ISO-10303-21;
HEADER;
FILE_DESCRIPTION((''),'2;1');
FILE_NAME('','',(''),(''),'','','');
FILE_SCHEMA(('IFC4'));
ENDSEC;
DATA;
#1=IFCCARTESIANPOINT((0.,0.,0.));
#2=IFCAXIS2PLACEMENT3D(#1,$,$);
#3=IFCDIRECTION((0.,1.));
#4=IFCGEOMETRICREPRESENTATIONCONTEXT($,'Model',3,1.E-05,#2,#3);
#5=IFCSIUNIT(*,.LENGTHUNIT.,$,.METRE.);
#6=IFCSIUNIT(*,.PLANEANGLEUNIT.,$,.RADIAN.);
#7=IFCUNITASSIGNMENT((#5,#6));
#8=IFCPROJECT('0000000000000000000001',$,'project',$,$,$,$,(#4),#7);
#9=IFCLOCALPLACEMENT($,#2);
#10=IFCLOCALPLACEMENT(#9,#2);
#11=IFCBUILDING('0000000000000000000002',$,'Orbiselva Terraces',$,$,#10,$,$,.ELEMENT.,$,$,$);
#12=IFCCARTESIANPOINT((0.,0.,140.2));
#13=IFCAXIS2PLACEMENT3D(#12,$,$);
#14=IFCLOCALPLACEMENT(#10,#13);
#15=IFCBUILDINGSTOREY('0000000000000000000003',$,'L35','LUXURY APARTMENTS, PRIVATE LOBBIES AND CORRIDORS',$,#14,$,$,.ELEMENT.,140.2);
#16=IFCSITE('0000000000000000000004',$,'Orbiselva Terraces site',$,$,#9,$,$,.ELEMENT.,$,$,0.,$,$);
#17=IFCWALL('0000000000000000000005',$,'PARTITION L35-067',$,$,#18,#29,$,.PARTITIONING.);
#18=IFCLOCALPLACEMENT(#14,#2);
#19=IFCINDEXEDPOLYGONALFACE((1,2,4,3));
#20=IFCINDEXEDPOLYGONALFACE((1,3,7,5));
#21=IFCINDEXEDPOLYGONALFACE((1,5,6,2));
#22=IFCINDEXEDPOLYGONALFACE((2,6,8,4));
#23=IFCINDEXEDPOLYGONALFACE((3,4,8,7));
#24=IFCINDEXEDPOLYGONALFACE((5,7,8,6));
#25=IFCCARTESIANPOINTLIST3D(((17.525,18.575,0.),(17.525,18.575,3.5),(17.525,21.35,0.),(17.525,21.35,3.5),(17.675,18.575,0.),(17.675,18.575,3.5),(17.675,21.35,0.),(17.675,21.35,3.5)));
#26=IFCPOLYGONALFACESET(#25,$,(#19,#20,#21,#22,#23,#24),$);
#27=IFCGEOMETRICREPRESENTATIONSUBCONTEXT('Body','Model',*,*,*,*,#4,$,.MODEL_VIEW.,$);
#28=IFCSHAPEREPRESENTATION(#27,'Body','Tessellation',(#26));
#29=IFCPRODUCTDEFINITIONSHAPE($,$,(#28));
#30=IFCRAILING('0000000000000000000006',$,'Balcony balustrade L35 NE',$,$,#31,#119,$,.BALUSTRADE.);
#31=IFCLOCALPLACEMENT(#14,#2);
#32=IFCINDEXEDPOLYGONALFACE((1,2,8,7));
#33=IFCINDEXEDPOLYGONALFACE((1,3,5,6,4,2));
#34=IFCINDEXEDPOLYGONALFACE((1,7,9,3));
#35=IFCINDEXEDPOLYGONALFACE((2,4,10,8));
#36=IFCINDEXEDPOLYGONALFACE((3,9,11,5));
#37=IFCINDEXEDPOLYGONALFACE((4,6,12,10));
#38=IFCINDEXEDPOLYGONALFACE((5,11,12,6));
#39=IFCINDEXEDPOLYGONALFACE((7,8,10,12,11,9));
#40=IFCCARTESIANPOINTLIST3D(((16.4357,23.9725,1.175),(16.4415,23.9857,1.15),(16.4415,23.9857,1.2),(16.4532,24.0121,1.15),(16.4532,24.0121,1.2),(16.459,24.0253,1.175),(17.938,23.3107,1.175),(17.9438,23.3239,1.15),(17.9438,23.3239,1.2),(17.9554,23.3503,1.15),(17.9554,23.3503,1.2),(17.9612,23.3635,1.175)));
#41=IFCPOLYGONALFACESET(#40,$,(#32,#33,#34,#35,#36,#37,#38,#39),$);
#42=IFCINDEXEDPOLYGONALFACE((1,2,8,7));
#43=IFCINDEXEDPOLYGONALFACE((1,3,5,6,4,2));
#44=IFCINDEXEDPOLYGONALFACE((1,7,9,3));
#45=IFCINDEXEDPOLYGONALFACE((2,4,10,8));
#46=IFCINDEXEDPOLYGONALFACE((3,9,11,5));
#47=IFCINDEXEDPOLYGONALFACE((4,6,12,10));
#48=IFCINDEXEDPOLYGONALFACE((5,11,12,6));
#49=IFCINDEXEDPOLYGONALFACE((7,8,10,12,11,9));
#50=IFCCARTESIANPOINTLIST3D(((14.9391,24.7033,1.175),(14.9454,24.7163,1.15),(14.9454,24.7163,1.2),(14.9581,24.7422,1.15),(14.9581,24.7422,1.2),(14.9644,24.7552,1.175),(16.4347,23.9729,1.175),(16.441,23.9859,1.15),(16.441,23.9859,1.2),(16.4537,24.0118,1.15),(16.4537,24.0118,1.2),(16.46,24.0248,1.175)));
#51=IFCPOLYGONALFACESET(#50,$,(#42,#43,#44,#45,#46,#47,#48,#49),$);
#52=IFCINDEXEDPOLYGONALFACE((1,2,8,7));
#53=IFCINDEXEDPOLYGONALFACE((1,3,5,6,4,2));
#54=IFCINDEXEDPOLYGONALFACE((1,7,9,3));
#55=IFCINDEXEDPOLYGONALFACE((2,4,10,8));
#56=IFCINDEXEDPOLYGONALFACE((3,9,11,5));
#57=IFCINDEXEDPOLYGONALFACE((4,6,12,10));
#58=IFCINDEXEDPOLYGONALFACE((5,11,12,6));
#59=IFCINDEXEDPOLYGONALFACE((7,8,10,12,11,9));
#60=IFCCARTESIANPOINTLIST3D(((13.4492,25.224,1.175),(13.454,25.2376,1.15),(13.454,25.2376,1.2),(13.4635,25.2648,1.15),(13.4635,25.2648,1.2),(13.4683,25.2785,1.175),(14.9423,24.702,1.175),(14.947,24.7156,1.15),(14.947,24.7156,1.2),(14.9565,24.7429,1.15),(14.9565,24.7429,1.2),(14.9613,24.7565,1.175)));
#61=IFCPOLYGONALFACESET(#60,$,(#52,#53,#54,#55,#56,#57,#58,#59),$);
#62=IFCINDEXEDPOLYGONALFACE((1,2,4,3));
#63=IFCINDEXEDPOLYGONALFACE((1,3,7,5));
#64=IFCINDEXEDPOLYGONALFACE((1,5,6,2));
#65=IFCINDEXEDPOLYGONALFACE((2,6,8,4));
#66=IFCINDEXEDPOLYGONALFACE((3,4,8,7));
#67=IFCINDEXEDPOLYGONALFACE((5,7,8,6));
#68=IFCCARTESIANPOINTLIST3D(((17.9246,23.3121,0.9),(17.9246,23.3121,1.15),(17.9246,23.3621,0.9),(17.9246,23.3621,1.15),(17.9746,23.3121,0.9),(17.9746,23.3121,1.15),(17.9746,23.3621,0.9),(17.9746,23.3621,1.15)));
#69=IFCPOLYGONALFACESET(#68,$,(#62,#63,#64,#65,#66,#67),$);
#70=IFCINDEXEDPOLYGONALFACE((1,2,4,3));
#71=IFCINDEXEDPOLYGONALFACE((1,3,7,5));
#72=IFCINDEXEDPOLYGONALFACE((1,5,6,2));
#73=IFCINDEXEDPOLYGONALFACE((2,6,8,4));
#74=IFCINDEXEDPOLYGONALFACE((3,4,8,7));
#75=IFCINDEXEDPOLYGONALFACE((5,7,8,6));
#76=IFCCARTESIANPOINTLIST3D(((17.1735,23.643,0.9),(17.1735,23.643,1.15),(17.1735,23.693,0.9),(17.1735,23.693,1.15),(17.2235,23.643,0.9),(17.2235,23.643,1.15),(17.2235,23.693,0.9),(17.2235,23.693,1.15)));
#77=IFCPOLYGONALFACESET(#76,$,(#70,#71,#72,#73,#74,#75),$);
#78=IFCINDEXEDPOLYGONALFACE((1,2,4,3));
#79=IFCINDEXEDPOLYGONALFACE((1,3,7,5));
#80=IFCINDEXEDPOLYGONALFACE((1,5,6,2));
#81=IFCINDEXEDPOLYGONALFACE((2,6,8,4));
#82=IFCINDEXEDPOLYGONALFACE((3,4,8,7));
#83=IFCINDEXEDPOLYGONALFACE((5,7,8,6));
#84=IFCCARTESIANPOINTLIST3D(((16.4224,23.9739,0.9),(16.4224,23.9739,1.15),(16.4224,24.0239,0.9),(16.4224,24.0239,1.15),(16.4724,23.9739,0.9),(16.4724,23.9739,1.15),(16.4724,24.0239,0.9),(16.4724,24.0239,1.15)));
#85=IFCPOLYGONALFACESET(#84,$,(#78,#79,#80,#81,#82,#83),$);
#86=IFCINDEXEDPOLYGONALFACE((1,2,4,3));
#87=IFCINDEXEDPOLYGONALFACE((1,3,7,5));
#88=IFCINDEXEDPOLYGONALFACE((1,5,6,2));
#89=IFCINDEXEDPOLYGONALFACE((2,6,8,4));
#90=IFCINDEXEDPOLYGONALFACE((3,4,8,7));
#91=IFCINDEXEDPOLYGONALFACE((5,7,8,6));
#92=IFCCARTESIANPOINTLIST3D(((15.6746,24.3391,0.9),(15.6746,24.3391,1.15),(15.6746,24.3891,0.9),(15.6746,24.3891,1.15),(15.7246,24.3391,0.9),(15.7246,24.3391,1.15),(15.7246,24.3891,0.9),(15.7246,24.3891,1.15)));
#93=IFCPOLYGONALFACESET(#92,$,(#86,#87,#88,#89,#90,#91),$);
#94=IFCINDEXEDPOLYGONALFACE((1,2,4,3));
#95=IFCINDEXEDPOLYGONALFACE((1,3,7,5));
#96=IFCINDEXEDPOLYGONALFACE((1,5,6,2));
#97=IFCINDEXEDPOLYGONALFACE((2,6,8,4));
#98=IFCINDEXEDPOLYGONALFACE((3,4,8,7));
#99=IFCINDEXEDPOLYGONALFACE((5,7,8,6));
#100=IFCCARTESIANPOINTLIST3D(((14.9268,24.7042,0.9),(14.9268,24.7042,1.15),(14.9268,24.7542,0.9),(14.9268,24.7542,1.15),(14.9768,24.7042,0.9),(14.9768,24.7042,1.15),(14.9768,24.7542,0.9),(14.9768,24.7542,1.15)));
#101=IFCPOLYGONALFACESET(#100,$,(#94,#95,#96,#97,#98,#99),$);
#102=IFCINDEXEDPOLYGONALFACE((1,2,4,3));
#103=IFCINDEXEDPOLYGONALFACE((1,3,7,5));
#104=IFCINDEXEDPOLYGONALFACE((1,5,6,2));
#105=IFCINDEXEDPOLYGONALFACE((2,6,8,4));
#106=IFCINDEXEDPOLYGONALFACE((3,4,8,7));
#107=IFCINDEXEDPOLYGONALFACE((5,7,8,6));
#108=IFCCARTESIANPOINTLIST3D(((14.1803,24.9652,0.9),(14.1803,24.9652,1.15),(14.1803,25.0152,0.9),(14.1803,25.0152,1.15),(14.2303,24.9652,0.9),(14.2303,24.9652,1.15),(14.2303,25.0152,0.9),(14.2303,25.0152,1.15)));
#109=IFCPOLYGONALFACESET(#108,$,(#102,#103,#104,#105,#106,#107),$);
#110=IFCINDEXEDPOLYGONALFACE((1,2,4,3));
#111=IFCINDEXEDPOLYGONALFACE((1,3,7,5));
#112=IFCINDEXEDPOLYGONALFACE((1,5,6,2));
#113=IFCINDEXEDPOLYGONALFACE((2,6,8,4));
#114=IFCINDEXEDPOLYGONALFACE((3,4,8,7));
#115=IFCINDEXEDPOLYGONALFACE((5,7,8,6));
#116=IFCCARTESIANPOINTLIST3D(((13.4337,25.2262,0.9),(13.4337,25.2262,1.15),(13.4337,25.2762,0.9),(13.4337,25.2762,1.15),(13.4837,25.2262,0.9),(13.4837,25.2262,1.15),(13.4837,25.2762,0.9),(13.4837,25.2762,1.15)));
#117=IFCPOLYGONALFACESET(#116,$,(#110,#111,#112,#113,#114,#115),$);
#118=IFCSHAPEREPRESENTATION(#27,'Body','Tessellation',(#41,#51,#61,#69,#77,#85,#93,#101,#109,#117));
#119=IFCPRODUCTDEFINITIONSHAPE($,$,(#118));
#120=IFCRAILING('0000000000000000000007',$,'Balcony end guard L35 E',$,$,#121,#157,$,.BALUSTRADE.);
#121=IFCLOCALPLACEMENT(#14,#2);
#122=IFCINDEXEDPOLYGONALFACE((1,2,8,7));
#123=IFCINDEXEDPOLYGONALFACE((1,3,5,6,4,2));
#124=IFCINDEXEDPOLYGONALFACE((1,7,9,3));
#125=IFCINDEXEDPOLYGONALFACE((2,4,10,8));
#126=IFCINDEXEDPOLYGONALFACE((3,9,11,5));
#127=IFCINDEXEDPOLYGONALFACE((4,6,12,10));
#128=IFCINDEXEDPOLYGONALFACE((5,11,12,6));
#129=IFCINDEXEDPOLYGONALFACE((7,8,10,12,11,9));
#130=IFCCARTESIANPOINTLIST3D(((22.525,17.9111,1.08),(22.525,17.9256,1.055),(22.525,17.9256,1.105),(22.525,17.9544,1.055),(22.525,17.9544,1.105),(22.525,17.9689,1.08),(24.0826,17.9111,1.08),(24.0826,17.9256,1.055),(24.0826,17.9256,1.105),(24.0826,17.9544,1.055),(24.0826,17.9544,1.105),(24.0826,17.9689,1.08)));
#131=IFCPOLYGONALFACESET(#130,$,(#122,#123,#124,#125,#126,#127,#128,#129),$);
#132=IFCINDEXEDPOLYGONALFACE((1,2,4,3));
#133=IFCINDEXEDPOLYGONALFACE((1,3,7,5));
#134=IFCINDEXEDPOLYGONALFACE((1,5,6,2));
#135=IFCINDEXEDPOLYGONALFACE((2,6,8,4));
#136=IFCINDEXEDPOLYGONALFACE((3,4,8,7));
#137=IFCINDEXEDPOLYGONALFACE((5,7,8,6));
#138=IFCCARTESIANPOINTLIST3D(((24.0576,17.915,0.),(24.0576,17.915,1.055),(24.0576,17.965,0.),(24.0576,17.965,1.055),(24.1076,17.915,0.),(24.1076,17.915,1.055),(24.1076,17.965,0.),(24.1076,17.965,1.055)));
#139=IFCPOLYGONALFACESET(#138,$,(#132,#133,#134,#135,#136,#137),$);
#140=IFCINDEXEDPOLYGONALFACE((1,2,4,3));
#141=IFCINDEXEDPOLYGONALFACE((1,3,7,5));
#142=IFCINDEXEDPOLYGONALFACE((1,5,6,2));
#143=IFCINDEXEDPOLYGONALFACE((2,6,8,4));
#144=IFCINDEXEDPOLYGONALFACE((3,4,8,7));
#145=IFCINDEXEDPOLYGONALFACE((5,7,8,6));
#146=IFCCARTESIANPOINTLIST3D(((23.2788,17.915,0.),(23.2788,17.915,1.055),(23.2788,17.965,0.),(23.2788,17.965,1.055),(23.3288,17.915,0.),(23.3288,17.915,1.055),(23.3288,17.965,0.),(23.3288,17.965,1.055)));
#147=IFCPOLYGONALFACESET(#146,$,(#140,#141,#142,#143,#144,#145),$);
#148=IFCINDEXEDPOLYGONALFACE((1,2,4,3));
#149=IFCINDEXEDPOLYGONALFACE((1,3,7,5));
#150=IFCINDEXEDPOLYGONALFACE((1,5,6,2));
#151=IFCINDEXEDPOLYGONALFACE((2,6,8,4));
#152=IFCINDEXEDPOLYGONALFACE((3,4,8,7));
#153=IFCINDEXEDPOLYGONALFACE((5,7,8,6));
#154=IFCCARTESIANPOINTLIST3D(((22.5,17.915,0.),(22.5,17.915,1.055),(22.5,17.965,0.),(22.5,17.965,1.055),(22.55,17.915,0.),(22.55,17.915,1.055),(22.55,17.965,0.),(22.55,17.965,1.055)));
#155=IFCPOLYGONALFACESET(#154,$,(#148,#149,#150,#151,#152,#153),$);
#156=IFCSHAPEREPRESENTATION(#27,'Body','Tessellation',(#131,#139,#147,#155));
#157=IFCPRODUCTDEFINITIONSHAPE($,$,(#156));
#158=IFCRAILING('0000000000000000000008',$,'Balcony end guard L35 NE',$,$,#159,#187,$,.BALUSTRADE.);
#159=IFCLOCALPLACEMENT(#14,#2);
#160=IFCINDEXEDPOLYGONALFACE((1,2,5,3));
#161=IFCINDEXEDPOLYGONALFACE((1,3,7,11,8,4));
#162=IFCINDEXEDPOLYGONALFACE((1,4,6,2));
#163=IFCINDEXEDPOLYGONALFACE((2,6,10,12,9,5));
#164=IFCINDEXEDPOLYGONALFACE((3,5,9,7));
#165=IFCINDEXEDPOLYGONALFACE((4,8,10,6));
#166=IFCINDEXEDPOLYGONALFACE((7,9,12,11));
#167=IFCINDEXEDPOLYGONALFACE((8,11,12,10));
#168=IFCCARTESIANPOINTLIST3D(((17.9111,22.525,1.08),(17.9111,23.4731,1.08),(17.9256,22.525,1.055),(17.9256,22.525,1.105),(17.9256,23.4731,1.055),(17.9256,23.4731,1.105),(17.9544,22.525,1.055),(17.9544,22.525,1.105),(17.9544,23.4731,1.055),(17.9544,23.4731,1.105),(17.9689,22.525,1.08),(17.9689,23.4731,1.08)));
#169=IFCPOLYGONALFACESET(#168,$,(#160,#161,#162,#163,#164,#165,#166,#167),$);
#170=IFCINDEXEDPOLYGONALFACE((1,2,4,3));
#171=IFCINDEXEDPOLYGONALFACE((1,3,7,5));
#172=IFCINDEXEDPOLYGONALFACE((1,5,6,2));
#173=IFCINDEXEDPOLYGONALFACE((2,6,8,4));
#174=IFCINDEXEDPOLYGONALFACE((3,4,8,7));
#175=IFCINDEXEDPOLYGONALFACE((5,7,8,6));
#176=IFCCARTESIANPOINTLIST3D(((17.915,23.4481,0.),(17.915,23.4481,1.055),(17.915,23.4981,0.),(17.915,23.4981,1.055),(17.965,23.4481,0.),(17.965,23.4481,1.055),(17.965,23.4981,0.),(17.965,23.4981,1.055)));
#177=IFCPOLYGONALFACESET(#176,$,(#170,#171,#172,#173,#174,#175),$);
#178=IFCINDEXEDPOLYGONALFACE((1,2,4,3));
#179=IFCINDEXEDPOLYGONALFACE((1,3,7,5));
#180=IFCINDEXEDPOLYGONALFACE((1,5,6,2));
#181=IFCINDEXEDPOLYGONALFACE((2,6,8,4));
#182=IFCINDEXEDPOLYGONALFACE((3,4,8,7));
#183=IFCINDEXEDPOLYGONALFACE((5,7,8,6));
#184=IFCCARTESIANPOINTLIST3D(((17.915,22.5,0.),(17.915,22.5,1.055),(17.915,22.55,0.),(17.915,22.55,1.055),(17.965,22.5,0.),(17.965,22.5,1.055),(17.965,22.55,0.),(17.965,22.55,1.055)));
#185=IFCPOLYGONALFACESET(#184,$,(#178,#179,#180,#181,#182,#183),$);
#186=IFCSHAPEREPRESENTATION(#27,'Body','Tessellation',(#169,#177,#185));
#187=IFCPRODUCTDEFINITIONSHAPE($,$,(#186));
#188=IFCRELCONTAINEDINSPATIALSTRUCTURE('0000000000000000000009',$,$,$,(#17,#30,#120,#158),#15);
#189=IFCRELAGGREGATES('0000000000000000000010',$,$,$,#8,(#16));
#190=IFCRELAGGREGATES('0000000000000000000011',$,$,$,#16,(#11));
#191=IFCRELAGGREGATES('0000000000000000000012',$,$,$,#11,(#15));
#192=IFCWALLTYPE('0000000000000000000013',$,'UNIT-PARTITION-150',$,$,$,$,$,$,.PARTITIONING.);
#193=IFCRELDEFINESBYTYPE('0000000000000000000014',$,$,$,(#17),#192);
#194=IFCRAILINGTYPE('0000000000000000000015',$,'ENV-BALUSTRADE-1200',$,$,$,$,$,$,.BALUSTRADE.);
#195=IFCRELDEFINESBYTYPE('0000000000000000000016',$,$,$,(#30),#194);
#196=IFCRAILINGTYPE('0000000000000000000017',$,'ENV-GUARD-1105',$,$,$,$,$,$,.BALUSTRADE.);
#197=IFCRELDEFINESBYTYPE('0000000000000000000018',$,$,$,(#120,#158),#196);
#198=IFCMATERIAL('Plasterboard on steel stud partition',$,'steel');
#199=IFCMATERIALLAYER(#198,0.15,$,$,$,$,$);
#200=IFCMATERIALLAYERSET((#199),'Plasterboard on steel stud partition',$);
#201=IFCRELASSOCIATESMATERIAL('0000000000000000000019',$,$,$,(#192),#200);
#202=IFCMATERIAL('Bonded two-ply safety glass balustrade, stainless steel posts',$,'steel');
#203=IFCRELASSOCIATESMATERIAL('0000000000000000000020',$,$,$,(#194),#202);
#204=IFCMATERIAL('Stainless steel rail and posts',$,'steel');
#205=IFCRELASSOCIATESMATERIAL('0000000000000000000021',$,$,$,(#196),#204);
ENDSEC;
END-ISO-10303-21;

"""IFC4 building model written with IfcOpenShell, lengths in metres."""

from ifc_helpers import new_model, si_unit, direction, frame, frame_2d, origin, origin_2d, place, context, subcontext, project, spatial, polyline, rectangle, outline, extrude, material, layer, layer_set, type_object, element, save


model = new_model("IFC4")

# Units and contexts
model_context = context("Model", 3, precision=1e-05, world=origin(), true_north=direction((0.0, 1.0)))
body_context = subcontext(model_context, "Body", "Model", "MODEL_VIEW")
ifc_project = project(units=[si_unit("LENGTHUNIT", "METRE"), si_unit("PLANEANGLEUNIT", "RADIAN")], contexts=[model_context])

# Site, building, storey
site_placement = place(None, origin())
site = spatial("IfcSite", under=ifc_project, at=site_placement, Name="Orbiselva Terraces site", CompositionType="ELEMENT", RefElevation=0.0)
building_placement = place(site_placement, origin())
building = spatial("IfcBuilding", under=site, at=building_placement, Name="Orbiselva Terraces", CompositionType="ELEMENT")
storey_placement = place(building_placement, frame((0.0, 0.0, 140.2)))
storey = spatial("IfcBuildingStorey", under=building, at=storey_placement, Name="L35", Description="LUXURY APARTMENTS, PRIVATE LOBBIES AND CORRIDORS", CompositionType="ELEMENT", Elevation=140.2)

# Wall
ifc_material_1 = material(Name="Plasterboard on steel stud partition", Category="steel")
ifc_layer_1 = layer(ifc_material_1, 0.15)
ifc_layer_set_1 = layer_set([ifc_layer_1], Name="Plasterboard on steel stud partition")
wall_type_1 = type_object("IfcWallType", Name="UNIT-PARTITION-150", PredefinedType="PARTITIONING", material=ifc_layer_set_1)
wall_1_placement = place(storey_placement, frame((17.6, 18.575, 0.0), z_axis=(0.0, 0.0, 1.0), x_axis=(0.0, 1.0, 0.0)))
element("IfcWall", 1, at=wall_1_placement, inside=storey, type_object=wall_type_1, Name="PARTITION L35-067", PredefinedType="PARTITIONING", context=body_context, shape_type="SweptSolid", body=[
    extrude(rectangle(XDim=2.775, YDim=0.15, at=frame_2d((1.3875, 0.0))), origin(), (0.0, 0.0, 1.0), 3.5),
])

# Railings
ifc_material_2 = material(Name="Bonded two-ply safety glass balustrade, stainless steel posts", Category="steel")
railing_type_1 = type_object("IfcRailingType", Name="ENV-BALUSTRADE-1200", PredefinedType="BALUSTRADE", material=ifc_material_2)
railing_1_placement = place(storey_placement, frame((17.9496, 23.3371, 0.9)))
element("IfcRailing", 2, at=railing_1_placement, inside=storey, type_object=railing_type_1, Name="Balcony balustrade L35 NE", PredefinedType="BALUSTRADE", context=body_context, shape_type="SweptSolid", body=[
    extrude(outline(polyline([(0.0289, 0.0), (0.0144, 0.025), (-0.0144, 0.025), (-0.0289, 0.0), (-0.0144, -0.025), (0.0144, -0.025), (0.0289, 0.0)])), frame((0.0, 0.0, 0.275), z_axis=(-0.915133, 0.403151, 0.0), x_axis=(-0.403151, -0.915133, 0.0)), (0.0, 0.0, 1.0), 1.6416),
    extrude(outline(polyline([(0.0289, 0.0), (0.0144, 0.025), (-0.0144, 0.025), (-0.0289, 0.0), (-0.0144, -0.025), (0.0144, -0.025), (0.0289, 0.0)])), frame((-1.5022, 0.6618, 0.275), z_axis=(-0.898579, 0.438812, 0.0), x_axis=(-0.438812, -0.898579, 0.0)), (0.0, 0.0, 1.0), 1.6644),
    extrude(outline(polyline([(0.0289, 0.0), (0.0144, 0.025), (-0.0144, 0.025), (-0.0289, 0.0), (-0.0144, -0.025), (0.0144, -0.025), (0.0289, 0.0)])), frame((-2.9978, 1.3921, 0.275), z_axis=(-0.943972, 0.330025, 0.0), x_axis=(-0.330025, -0.943972, 0.0)), (0.0, 0.0, 1.0), 1.5816),
    extrude(rectangle(XDim=0.05, YDim=0.05, at=origin_2d()), origin(), (0.0, 0.0, 1.0), 0.25),
    extrude(rectangle(XDim=0.05, YDim=0.05, at=origin_2d()), frame((-0.7511, 0.3309, 0.0)), (0.0, 0.0, 1.0), 0.25),
    extrude(rectangle(XDim=0.05, YDim=0.05, at=origin_2d()), frame((-1.5022, 0.6618, 0.0)), (0.0, 0.0, 1.0), 0.25),
    extrude(rectangle(XDim=0.05, YDim=0.05, at=origin_2d()), frame((-2.25, 1.027, 0.0)), (0.0, 0.0, 1.0), 0.25),
    extrude(rectangle(XDim=0.05, YDim=0.05, at=origin_2d()), frame((-2.9978, 1.3921, 0.0)), (0.0, 0.0, 1.0), 0.25),
    extrude(rectangle(XDim=0.05, YDim=0.05, at=origin_2d()), frame((-3.7443, 1.6531, 0.0)), (0.0, 0.0, 1.0), 0.25),
    extrude(rectangle(XDim=0.05, YDim=0.05, at=origin_2d()), frame((-4.4909, 1.9141, 0.0)), (0.0, 0.0, 1.0), 0.25),
])
ifc_material_3 = material(Name="Stainless steel rail and posts", Category="steel")
railing_type_2 = type_object("IfcRailingType", Name="ENV-GUARD-1105", PredefinedType="BALUSTRADE", material=ifc_material_3)
railing_2_placement = place(storey_placement, frame((24.0826, 17.94, 0.0)))
element("IfcRailing", 3, at=railing_2_placement, inside=storey, type_object=railing_type_2, Name="Balcony end guard L35 E", PredefinedType="BALUSTRADE", context=body_context, shape_type="SweptSolid", body=[
    extrude(outline(polyline([(0.0289, 0.0), (0.0144, 0.025), (-0.0144, 0.025), (-0.0289, 0.0), (-0.0144, -0.025), (0.0144, -0.025), (0.0289, 0.0)])), frame((0.0, 0.0, 1.08), z_axis=(-1.0, 0.0, 0.0), x_axis=(0.0, -1.0, 0.0)), (0.0, 0.0, 1.0), 1.5576),
    extrude(rectangle(XDim=0.05, YDim=0.05, at=origin_2d()), origin(), (0.0, 0.0, 1.0), 1.055),
    extrude(rectangle(XDim=0.05, YDim=0.05, at=origin_2d()), frame((-0.7788, 0.0, 0.0)), (0.0, 0.0, 1.0), 1.055),
    extrude(rectangle(XDim=0.05, YDim=0.05, at=origin_2d()), frame((-1.5576, 0.0, 0.0)), (0.0, 0.0, 1.0), 1.055),
])
railing_3_placement = place(storey_placement, frame((17.94, 23.4731, 0.0)))
element("IfcRailing", 4, at=railing_3_placement, inside=storey, type_object=railing_type_2, Name="Balcony end guard L35 NE", PredefinedType="BALUSTRADE", context=body_context, shape_type="SweptSolid", body=[
    extrude(outline(polyline([(0.0289, 0.0), (0.0144, 0.025), (-0.0144, 0.025), (-0.0289, 0.0), (-0.0144, -0.025), (0.0144, -0.025), (0.0289, 0.0)])), frame((0.0, 0.0, 1.08), z_axis=(0.0, -1.0, 0.0), x_axis=(1.0, 0.0, 0.0)), (0.0, 0.0, 1.0), 0.9481),
    extrude(rectangle(XDim=0.05, YDim=0.05, at=origin_2d()), origin(), (0.0, 0.0, 1.0), 1.055),
    extrude(rectangle(XDim=0.05, YDim=0.05, at=origin_2d()), frame((0.0, -0.9481, 0.0)), (0.0, 0.0, 1.0), 1.055),
])

save(model, "model.ifc")
